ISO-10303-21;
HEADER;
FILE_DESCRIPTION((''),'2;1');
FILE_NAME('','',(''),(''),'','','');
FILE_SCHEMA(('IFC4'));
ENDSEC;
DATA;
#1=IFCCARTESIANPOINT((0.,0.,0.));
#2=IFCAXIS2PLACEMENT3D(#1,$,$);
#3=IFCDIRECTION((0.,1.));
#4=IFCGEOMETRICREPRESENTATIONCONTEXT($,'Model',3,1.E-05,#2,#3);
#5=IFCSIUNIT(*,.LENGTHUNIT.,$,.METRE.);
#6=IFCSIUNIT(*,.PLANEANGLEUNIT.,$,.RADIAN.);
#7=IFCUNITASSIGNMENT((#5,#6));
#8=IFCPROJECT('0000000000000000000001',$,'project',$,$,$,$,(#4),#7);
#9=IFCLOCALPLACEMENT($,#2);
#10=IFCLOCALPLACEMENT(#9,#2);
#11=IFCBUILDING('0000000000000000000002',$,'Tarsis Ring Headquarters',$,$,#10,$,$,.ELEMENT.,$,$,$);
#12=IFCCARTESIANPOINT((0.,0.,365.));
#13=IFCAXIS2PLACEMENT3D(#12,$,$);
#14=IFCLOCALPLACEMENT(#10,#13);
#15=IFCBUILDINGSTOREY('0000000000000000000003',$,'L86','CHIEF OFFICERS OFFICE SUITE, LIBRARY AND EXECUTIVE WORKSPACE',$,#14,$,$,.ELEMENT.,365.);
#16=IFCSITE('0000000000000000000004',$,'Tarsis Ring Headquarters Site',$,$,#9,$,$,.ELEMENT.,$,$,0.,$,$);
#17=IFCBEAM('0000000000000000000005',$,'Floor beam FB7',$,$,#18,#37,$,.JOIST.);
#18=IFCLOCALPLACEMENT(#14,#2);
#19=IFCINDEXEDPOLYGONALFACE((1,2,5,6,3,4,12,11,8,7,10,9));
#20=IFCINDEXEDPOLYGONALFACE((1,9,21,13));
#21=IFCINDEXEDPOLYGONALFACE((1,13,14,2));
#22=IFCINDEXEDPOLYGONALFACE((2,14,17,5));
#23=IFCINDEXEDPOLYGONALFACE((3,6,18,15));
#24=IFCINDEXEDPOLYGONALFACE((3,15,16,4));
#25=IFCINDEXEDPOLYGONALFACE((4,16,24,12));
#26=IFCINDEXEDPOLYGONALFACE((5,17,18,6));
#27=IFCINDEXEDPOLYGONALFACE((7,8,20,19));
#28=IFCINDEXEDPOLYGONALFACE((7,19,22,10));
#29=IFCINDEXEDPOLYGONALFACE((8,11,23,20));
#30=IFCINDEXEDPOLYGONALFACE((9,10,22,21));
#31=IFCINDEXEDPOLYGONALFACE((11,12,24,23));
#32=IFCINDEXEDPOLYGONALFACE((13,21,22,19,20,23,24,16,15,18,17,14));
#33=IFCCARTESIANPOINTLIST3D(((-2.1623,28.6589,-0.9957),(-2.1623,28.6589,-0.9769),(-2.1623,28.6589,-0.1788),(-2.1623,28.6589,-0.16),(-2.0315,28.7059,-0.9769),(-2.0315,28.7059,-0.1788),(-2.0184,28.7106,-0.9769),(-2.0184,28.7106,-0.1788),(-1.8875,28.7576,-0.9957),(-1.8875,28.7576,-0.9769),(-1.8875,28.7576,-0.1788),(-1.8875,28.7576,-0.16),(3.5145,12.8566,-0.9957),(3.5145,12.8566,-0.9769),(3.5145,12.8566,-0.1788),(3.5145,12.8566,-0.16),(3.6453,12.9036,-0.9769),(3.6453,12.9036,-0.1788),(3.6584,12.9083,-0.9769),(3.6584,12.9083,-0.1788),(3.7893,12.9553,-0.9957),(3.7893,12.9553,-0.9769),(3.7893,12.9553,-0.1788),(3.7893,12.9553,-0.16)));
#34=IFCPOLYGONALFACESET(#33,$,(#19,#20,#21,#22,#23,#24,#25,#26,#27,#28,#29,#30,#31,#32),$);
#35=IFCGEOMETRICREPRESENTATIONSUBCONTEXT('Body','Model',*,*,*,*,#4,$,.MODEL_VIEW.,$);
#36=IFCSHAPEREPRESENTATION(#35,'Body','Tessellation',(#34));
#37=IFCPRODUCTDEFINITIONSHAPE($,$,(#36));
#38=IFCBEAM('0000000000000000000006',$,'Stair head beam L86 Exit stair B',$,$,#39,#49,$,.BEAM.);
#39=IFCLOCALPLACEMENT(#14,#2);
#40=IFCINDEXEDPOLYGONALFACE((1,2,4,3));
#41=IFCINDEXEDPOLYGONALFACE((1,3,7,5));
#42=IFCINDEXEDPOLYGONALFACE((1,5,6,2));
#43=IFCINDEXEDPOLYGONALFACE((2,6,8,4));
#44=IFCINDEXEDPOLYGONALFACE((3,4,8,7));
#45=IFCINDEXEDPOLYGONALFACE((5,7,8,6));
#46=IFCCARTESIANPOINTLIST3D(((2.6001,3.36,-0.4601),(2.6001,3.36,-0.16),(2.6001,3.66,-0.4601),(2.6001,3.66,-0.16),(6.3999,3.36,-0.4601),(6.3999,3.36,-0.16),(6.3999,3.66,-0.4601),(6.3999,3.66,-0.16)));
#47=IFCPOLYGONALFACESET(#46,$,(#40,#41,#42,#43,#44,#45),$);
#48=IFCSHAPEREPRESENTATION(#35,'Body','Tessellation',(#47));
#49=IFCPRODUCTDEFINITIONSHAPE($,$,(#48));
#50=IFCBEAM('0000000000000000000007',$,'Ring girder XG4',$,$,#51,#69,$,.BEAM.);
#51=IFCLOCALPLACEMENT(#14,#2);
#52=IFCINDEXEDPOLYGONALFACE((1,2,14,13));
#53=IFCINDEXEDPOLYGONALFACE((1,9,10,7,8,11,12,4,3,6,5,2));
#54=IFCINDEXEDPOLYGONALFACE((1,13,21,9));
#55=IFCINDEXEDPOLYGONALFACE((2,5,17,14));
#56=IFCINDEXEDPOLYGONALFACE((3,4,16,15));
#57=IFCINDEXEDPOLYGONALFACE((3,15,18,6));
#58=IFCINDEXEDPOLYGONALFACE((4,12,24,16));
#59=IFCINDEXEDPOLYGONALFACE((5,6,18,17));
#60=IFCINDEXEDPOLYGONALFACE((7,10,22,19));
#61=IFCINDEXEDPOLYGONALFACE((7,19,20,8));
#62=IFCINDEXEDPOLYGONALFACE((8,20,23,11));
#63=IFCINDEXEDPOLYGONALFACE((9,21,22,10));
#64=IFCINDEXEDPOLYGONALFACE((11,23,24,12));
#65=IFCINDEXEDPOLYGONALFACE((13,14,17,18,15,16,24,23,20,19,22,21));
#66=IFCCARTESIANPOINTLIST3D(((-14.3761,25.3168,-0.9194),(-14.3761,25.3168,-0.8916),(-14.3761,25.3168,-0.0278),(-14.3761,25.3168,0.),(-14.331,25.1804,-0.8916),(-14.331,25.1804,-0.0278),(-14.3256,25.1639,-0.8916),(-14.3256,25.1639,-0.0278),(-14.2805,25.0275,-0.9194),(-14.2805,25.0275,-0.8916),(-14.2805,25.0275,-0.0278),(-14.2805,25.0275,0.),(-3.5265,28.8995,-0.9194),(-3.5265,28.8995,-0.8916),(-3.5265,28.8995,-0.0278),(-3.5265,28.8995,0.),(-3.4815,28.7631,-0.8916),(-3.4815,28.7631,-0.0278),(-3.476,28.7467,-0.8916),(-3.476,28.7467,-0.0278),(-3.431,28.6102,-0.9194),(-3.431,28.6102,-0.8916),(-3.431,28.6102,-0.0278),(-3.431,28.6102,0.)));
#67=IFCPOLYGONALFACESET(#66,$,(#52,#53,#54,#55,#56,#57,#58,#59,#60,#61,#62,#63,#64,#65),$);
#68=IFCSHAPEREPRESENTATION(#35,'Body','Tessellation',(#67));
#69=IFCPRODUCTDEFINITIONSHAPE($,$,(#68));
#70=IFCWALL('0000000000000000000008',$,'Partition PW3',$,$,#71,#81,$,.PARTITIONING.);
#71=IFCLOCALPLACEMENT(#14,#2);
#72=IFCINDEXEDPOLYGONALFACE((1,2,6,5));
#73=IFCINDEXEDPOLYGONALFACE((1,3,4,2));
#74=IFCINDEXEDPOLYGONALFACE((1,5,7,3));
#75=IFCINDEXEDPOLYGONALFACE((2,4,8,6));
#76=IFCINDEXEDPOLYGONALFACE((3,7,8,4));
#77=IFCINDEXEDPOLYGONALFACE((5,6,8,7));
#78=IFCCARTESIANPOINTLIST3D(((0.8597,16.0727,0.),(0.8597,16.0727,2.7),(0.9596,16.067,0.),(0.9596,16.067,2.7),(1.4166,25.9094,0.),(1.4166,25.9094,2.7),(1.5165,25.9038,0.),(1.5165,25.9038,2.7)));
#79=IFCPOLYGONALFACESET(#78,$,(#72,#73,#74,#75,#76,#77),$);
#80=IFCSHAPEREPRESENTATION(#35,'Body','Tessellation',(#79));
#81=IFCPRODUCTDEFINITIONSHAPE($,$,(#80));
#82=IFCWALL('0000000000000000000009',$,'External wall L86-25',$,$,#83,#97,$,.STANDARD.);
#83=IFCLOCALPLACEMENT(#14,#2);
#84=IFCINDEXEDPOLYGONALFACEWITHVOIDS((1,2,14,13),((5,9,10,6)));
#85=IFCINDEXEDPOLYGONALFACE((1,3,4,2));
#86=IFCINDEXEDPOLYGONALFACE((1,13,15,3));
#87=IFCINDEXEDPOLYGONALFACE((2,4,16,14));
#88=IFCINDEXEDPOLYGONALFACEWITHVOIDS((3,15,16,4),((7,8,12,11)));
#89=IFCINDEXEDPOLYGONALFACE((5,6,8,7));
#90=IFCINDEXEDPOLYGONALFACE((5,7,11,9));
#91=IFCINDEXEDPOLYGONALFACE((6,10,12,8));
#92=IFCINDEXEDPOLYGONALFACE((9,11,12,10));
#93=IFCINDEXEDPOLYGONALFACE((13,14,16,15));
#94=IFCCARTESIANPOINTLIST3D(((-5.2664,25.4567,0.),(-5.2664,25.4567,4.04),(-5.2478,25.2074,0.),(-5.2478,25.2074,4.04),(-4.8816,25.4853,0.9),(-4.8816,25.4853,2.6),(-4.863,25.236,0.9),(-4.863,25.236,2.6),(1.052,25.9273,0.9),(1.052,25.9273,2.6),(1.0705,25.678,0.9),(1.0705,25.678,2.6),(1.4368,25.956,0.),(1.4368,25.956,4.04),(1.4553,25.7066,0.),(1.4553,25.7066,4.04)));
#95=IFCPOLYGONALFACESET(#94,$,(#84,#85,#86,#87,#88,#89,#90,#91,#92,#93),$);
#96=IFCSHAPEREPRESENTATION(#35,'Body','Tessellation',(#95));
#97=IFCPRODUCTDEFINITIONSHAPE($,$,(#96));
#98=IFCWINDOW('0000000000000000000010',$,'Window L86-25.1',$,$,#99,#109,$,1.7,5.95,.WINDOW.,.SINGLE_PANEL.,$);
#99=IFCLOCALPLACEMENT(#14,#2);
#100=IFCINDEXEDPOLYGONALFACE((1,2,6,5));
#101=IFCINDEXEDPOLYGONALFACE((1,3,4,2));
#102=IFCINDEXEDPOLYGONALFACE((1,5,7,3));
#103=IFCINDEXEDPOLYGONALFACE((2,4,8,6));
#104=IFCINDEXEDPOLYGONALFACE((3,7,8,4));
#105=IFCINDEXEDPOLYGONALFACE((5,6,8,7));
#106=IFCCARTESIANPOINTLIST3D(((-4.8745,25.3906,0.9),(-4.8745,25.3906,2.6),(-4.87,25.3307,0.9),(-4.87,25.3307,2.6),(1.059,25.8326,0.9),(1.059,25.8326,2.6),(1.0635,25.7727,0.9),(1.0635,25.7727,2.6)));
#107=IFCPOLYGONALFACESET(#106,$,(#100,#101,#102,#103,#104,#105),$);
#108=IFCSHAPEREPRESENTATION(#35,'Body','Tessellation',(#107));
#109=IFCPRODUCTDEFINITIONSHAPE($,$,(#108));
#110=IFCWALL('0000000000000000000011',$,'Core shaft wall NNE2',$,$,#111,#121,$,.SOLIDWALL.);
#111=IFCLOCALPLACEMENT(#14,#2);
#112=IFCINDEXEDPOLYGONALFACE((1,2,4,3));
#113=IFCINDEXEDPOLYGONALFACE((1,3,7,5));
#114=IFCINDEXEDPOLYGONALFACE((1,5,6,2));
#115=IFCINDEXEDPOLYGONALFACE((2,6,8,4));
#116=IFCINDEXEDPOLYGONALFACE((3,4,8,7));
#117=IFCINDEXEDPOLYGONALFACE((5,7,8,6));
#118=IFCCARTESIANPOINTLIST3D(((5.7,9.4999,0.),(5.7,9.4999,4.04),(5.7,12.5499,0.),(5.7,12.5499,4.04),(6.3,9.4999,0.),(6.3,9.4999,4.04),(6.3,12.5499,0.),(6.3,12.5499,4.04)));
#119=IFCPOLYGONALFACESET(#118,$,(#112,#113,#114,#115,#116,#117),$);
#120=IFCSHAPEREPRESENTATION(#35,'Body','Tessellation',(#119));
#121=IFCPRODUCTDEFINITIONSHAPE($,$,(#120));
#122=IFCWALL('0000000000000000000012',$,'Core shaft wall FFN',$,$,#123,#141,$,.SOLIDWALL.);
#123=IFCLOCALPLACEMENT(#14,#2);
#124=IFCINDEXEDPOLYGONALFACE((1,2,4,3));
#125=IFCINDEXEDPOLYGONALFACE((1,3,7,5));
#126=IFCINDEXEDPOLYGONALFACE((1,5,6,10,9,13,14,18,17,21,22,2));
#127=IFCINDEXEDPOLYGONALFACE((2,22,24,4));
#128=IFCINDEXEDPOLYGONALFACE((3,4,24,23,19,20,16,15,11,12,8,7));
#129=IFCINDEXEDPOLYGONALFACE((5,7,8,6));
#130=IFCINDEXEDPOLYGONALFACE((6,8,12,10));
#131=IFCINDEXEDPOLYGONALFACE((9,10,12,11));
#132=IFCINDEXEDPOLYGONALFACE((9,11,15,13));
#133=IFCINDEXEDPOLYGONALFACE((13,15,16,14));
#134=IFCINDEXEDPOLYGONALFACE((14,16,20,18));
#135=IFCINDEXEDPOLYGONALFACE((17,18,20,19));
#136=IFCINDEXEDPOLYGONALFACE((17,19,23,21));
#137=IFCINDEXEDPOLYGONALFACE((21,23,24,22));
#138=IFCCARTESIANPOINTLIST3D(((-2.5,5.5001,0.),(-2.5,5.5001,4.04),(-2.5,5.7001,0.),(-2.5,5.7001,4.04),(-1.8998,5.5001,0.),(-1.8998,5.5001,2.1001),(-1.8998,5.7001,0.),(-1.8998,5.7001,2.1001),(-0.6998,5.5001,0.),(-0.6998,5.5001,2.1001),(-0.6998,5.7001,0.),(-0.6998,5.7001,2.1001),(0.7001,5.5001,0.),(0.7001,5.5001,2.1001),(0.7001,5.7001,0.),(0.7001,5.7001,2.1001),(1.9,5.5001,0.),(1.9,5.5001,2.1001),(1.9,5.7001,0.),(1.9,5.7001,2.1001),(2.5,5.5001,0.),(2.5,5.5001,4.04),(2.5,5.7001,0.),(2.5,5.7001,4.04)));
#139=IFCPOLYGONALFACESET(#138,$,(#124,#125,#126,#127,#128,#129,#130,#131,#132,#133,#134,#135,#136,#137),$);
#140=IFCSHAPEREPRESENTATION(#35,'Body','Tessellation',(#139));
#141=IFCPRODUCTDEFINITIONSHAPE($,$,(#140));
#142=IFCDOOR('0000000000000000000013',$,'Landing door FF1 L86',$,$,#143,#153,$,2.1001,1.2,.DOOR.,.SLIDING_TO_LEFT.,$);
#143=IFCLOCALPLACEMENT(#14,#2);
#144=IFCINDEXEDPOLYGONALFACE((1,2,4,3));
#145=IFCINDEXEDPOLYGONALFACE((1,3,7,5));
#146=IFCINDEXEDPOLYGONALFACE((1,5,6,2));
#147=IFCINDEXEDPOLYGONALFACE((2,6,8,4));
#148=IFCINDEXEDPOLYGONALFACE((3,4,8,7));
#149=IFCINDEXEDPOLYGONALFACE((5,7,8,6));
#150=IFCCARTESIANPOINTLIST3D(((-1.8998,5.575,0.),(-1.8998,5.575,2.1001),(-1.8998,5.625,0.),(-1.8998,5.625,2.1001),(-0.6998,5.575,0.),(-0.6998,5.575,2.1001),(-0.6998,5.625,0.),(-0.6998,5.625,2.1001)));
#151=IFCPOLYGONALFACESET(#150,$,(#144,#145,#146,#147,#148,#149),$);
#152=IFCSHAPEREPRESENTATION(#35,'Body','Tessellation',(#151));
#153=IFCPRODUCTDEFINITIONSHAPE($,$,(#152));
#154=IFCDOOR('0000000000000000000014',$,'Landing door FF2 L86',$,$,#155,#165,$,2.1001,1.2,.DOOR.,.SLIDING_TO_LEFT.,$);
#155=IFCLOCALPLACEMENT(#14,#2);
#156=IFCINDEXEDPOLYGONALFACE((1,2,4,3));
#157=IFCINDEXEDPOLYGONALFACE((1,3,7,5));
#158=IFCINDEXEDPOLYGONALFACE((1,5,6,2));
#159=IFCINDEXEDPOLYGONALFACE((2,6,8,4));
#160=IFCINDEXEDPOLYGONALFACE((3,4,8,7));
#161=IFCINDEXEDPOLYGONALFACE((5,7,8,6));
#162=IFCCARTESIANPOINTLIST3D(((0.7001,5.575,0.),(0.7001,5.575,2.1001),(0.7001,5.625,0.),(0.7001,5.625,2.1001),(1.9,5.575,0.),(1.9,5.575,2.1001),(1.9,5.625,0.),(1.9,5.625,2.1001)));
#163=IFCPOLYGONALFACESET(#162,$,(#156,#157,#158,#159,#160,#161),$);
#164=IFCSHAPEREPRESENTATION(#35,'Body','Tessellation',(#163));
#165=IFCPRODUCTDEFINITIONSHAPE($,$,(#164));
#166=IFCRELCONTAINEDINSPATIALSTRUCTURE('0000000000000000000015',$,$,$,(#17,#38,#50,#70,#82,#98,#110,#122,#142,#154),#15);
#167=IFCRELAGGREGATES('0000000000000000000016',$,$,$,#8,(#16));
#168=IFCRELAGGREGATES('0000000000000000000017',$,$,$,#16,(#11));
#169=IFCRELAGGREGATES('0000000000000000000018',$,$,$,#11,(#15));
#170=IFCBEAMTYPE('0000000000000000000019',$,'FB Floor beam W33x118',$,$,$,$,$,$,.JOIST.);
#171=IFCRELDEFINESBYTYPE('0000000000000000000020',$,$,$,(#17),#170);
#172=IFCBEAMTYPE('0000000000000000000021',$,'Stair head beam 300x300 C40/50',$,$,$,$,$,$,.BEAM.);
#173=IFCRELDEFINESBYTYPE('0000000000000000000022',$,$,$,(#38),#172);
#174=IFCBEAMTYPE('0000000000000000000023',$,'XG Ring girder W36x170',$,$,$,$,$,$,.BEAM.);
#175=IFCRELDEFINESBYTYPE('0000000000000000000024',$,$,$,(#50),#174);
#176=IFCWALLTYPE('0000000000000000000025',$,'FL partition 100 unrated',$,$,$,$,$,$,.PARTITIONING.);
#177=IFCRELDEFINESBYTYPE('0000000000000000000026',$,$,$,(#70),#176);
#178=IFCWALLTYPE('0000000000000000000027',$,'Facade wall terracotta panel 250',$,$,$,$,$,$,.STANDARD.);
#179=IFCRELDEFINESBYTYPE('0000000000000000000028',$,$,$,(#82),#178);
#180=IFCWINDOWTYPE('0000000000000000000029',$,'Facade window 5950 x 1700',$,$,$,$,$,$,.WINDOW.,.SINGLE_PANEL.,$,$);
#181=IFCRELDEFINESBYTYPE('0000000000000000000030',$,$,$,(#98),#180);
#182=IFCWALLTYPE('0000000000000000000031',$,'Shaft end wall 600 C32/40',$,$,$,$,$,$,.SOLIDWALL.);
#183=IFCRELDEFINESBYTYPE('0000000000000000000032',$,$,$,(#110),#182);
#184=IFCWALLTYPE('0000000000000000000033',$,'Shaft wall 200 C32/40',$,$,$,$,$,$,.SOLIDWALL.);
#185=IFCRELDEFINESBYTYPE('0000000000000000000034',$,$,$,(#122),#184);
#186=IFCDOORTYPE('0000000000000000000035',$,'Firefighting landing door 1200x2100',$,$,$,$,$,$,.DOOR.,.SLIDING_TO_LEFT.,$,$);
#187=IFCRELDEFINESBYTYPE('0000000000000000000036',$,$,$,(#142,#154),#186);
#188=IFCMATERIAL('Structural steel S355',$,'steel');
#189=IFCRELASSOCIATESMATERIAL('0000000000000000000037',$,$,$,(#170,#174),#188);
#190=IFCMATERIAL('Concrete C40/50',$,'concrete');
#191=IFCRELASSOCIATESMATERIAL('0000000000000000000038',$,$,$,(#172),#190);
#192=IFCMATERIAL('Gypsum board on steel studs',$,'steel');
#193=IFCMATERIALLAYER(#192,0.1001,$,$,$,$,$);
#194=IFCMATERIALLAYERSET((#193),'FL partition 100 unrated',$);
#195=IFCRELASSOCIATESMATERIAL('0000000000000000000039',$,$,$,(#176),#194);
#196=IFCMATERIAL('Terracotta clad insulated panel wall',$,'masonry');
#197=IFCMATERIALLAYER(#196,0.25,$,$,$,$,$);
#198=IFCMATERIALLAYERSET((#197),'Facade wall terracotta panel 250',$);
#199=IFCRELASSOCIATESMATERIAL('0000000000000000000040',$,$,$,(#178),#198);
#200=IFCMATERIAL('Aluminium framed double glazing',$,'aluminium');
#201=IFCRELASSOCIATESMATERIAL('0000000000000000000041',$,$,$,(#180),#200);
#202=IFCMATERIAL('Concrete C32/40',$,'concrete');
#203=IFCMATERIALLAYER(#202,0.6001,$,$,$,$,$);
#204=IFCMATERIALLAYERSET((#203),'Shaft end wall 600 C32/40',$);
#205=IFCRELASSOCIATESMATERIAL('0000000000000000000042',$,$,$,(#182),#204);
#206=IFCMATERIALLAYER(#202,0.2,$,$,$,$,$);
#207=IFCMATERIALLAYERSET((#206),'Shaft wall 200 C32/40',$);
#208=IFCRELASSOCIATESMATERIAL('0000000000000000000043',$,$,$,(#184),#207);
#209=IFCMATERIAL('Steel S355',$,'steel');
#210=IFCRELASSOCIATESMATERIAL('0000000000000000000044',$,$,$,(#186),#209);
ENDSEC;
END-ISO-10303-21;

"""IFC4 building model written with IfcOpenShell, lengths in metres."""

from ifc_helpers import new_model, si_unit, direction, frame, frame_2d, origin, origin_2d, place, context, subcontext, project, spatial, rectangle, i_section, extrude, material, layer, layer_set, material_profile, profile_set, type_object, element, fill, save


model = new_model("IFC4")

# Units and contexts
model_context = context("Model", 3, precision=1e-05, world=origin(), true_north=direction((0.0, 1.0)))
body_context = subcontext(model_context, "Body", "Model", "MODEL_VIEW")
ifc_project = project(units=[si_unit("LENGTHUNIT", "METRE"), si_unit("PLANEANGLEUNIT", "RADIAN")], contexts=[model_context])

# Site, building, storey
site_placement = place(None, origin())
site = spatial("IfcSite", under=ifc_project, at=site_placement, Name="Tarsis Ring Headquarters Site", CompositionType="ELEMENT", RefElevation=0.0)
building_placement = place(site_placement, origin())
building = spatial("IfcBuilding", under=site, at=building_placement, Name="Tarsis Ring Headquarters", CompositionType="ELEMENT")
storey_placement = place(building_placement, frame((0.0, 0.0, 365.0)))
storey = spatial("IfcBuildingStorey", under=building, at=storey_placement, Name="L86", Description="CHIEF OFFICERS OFFICE SUITE, LIBRARY AND EXECUTIVE WORKSPACE", CompositionType="ELEMENT", Elevation=365.0)

# Shared definitions
ifc_material_1 = material(Name="Structural steel S355", Category="steel")

# Beams
ifc_material_profile_1 = material_profile(ifc_material_1, i_section(OverallWidth=0.292, OverallDepth=0.8357, WebThickness=0.0139, FlangeThickness=0.0188, at=origin_2d()), Name="W33x118")
ifc_profile_set_1 = profile_set([ifc_material_profile_1], Name="Structural steel S355")
beam_type_1 = type_object("IfcBeamType", Name="FB Floor beam W33x118", PredefinedType="JOIST", material=ifc_profile_set_1)
beam_1_placement = place(storey_placement, frame((-2.0249, 28.7083, -0.5779), z_axis=(0.338084, -0.941116, 0.0), x_axis=(0.941116, 0.338084, 0.0)))
element("IfcBeam", 1, at=beam_1_placement, inside=storey, type_object=beam_type_1, Name="Floor beam FB7", PredefinedType="JOIST", context=body_context, shape_type="SweptSolid", body=[
    extrude(i_section(OverallWidth=0.292, OverallDepth=0.8357, WebThickness=0.0139, FlangeThickness=0.0188, at=origin_2d()), origin(), (0.0, 0.0, 1.0), 16.791),
])
ifc_material_2 = material(Name="Concrete C40/50", Category="concrete")
ifc_material_profile_2 = material_profile(ifc_material_2, rectangle(XDim=0.3, YDim=0.3, at=origin_2d()), Name="Stair head beam 300x300 C40/50")
ifc_profile_set_2 = profile_set([ifc_material_profile_2], Name="Concrete C40/50")
beam_type_2 = type_object("IfcBeamType", Name="Stair head beam 300x300 C40/50", PredefinedType="BEAM", material=ifc_profile_set_2)
beam_2_placement = place(storey_placement, frame((2.6001, 3.51, -0.3101), z_axis=(1.0, 0.0, 0.0), x_axis=(0.0, 1.0, 0.0)))
element("IfcBeam", 2, at=beam_2_placement, inside=storey, type_object=beam_type_2, Name="Stair head beam L86 Exit stair B", PredefinedType="BEAM", context=body_context, shape_type="SweptSolid", body=[
    extrude(rectangle(XDim=0.3, YDim=0.3, at=origin_2d()), origin(), (0.0, 0.0, 1.0), 3.7998),
])
ifc_material_profile_3 = material_profile(ifc_material_1, i_section(OverallWidth=0.3047, OverallDepth=0.9194, WebThickness=0.0173, FlangeThickness=0.0278, at=origin_2d()), Name="W36x170")
ifc_profile_set_3 = profile_set([ifc_material_profile_3], Name="Structural steel S355")
beam_type_3 = type_object("IfcBeamType", Name="XG Ring girder W36x170", PredefinedType="BEAM", material=ifc_profile_set_3)
beam_3_placement = place(storey_placement, frame((-3.4788, 28.7549, -0.4597), z_axis=(-0.949566, -0.313566, 0.0), x_axis=(0.313566, -0.949566, 0.0)))
element("IfcBeam", 3, at=beam_3_placement, inside=storey, type_object=beam_type_3, Name="Ring girder XG4", PredefinedType="BEAM", context=body_context, shape_type="SweptSolid", body=[
    extrude(i_section(OverallWidth=0.3047, OverallDepth=0.9194, WebThickness=0.0173, FlangeThickness=0.0278, at=origin_2d()), origin(), (0.0, 0.0, 1.0), 11.4258),
])

# Wall
ifc_material_3 = material(Name="Gypsum board on steel studs", Category="steel")
ifc_layer_1 = layer(ifc_material_3, 0.1001)
ifc_layer_set_1 = layer_set([ifc_layer_1], Name="FL partition 100 unrated")
wall_type_1 = type_object("IfcWallType", Name="FL partition 100 unrated", PredefinedType="PARTITIONING", material=ifc_layer_set_1)
wall_1_placement = place(storey_placement, frame((0.9097, 16.0698, 0.0), z_axis=(0.0, 0.0, 1.0), x_axis=(0.056523, 0.998401, 0.0)))
element("IfcWall", 4, at=wall_1_placement, inside=storey, type_object=wall_type_1, Name="Partition PW3", PredefinedType="PARTITIONING", context=body_context, shape_type="SweptSolid", body=[
    extrude(rectangle(XDim=9.8525, YDim=0.1001, at=frame_2d((4.9263, 0.0))), origin(), (0.0, 0.0, 1.0), 2.7),
])

# Wall, opening, window
ifc_material_4 = material(Name="Terracotta clad insulated panel wall", Category="masonry")
ifc_layer_2 = layer(ifc_material_4, 0.25)
ifc_layer_set_2 = layer_set([ifc_layer_2], Name="Facade wall terracotta panel 250")
wall_type_2 = type_object("IfcWallType", Name="Facade wall terracotta panel 250", PredefinedType="STANDARD", material=ifc_layer_set_2)
wall_2_placement = place(storey_placement, frame((1.446, 25.8313, 0.0), z_axis=(0.0, 0.0, 1.0), x_axis=(-0.997238, -0.074277, 0.0)))
wall_2 = element("IfcWall", 5, at=wall_2_placement, inside=storey, type_object=wall_type_2, Name="External wall L86-25", PredefinedType="STANDARD", context=body_context, shape_type="SweptSolid", body=[
    extrude(rectangle(XDim=6.7217, YDim=0.25, at=frame_2d((3.3608, 0.0))), origin(), (0.0, 0.0, 1.0), 4.04),
])
opening_1_placement = place(wall_2_placement, frame((0.3857, 0.0, 0.8999)))
opening_1 = element("IfcOpeningElement", 6, at=opening_1_placement, cuts=wall_2, PredefinedType="OPENING", context=body_context, shape_type="SweptSolid", body=[
    extrude(rectangle(XDim=5.95, YDim=1.7, at=frame_2d((2.9751, 0.8501))), frame((0.0, 0.135, 0.0), z_axis=(0.0, -1.0, 0.0), x_axis=(1.0, 0.0, 0.0)), (0.0, 0.0, 1.0), 0.27),
])
ifc_material_5 = material(Name="Aluminium framed double glazing", Category="aluminium")
window_type = type_object("IfcWindowType", Name="Facade window 5950 x 1700", PartitioningType="SINGLE_PANEL", PredefinedType="WINDOW", material=ifc_material_5)
window_placement = place(opening_1_placement, origin())
window = element("IfcWindow", 7, at=window_placement, inside=storey, type_object=window_type, Name="Window L86-25.1", OverallHeight=1.7, OverallWidth=5.95, PartitioningType="SINGLE_PANEL", PredefinedType="WINDOW", context=body_context, shape_type="SweptSolid", body=[
    extrude(rectangle(XDim=5.95, YDim=1.7, at=frame_2d((2.9751, 0.8501))), frame((0.0, 0.03, 0.0), z_axis=(0.0, -1.0, 0.0), x_axis=(1.0, 0.0, 0.0)), (0.0, 0.0, 1.0), 0.0601),
])
fill(opening_1, window)

# Wall
ifc_material_6 = material(Name="Concrete C32/40", Category="concrete")
ifc_layer_3 = layer(ifc_material_6, 0.6001)
ifc_layer_set_3 = layer_set([ifc_layer_3], Name="Shaft end wall 600 C32/40")
wall_type_3 = type_object("IfcWallType", Name="Shaft end wall 600 C32/40", PredefinedType="SOLIDWALL", material=ifc_layer_set_3)
wall_3_placement = place(storey_placement, frame((6.0, 9.5, 0.0), z_axis=(0.0, 0.0, 1.0), x_axis=(0.0, 1.0, 0.0)))
element("IfcWall", 8, at=wall_3_placement, inside=storey, type_object=wall_type_3, Name="Core shaft wall NNE2", PredefinedType="SOLIDWALL", context=body_context, shape_type="SweptSolid", body=[
    extrude(rectangle(XDim=3.05, YDim=0.6001, at=frame_2d((1.5249, 0.0))), origin(), (0.0, 0.0, 1.0), 4.04),
])

# Wall, openings, doors
ifc_layer_4 = layer(ifc_material_6, 0.2)
ifc_layer_set_4 = layer_set([ifc_layer_4], Name="Shaft wall 200 C32/40")
wall_type_4 = type_object("IfcWallType", Name="Shaft wall 200 C32/40", PredefinedType="SOLIDWALL", material=ifc_layer_set_4)
wall_4_placement = place(storey_placement, frame((-2.5, 5.6001, 0.0), z_axis=(0.0, 0.0, 1.0), x_axis=(1.0, 0.0, 0.0)))
wall_4 = element("IfcWall", 9, at=wall_4_placement, inside=storey, type_object=wall_type_4, Name="Core shaft wall FFN", PredefinedType="SOLIDWALL", context=body_context, shape_type="SweptSolid", body=[
    extrude(rectangle(XDim=5.0, YDim=0.2, at=frame_2d((2.5, 0.0))), origin(), (0.0, 0.0, 1.0), 4.04),
])
opening_2_placement = place(wall_4_placement, frame((0.6001, 0.0, 0.0)))
opening_2 = element("IfcOpeningElement", 10, at=opening_2_placement, cuts=wall_4, PredefinedType="OPENING", context=body_context, shape_type="SweptSolid", body=[
    extrude(rectangle(XDim=1.2, YDim=2.1001, at=frame_2d((0.6001, 1.05))), frame((0.0, 0.1099, 0.0), z_axis=(0.0, -1.0, 0.0), x_axis=(1.0, 0.0, 0.0)), (0.0, 0.0, 1.0), 0.22),
])
opening_3_placement = place(wall_4_placement, frame((3.2, 0.0, 0.0)))
opening_3 = element("IfcOpeningElement", 11, at=opening_3_placement, cuts=wall_4, PredefinedType="OPENING", context=body_context, shape_type="SweptSolid", body=[
    extrude(rectangle(XDim=1.2, YDim=2.1001, at=frame_2d((0.6001, 1.05))), frame((0.0, 0.1099, 0.0), z_axis=(0.0, -1.0, 0.0), x_axis=(1.0, 0.0, 0.0)), (0.0, 0.0, 1.0), 0.22),
])
ifc_material_7 = material(Name="Steel S355", Category="steel")
door_type = type_object("IfcDoorType", Name="Firefighting landing door 1200x2100", OperationType="SLIDING_TO_LEFT", PredefinedType="DOOR", material=ifc_material_7)
door_1_placement = place(opening_2_placement, origin())
door_1 = element("IfcDoor", 12, at=door_1_placement, inside=storey, type_object=door_type, Name="Landing door FF1 L86", OperationType="SLIDING_TO_LEFT", OverallHeight=2.1001, OverallWidth=1.2, PredefinedType="DOOR", context=body_context, shape_type="SweptSolid", body=[
    extrude(rectangle(XDim=1.2, YDim=2.1001, at=frame_2d((0.6001, 1.05))), frame((0.0, 0.0249, 0.0), z_axis=(0.0, -1.0, 0.0), x_axis=(1.0, 0.0, 0.0)), (0.0, 0.0, 1.0), 0.05),
])
fill(opening_2, door_1)
door_2_placement = place(opening_3_placement, origin())
door_2 = element("IfcDoor", 13, at=door_2_placement, inside=storey, type_object=door_type, Name="Landing door FF2 L86", OperationType="SLIDING_TO_LEFT", OverallHeight=2.1001, OverallWidth=1.2, PredefinedType="DOOR", context=body_context, shape_type="SweptSolid", body=[
    extrude(rectangle(XDim=1.2, YDim=2.1001, at=frame_2d((0.6001, 1.05))), frame((0.0, 0.0249, 0.0), z_axis=(0.0, -1.0, 0.0), x_axis=(1.0, 0.0, 0.0)), (0.0, 0.0, 1.0), 0.05),
])
fill(opening_3, door_2)

save(model, "model.ifc")
